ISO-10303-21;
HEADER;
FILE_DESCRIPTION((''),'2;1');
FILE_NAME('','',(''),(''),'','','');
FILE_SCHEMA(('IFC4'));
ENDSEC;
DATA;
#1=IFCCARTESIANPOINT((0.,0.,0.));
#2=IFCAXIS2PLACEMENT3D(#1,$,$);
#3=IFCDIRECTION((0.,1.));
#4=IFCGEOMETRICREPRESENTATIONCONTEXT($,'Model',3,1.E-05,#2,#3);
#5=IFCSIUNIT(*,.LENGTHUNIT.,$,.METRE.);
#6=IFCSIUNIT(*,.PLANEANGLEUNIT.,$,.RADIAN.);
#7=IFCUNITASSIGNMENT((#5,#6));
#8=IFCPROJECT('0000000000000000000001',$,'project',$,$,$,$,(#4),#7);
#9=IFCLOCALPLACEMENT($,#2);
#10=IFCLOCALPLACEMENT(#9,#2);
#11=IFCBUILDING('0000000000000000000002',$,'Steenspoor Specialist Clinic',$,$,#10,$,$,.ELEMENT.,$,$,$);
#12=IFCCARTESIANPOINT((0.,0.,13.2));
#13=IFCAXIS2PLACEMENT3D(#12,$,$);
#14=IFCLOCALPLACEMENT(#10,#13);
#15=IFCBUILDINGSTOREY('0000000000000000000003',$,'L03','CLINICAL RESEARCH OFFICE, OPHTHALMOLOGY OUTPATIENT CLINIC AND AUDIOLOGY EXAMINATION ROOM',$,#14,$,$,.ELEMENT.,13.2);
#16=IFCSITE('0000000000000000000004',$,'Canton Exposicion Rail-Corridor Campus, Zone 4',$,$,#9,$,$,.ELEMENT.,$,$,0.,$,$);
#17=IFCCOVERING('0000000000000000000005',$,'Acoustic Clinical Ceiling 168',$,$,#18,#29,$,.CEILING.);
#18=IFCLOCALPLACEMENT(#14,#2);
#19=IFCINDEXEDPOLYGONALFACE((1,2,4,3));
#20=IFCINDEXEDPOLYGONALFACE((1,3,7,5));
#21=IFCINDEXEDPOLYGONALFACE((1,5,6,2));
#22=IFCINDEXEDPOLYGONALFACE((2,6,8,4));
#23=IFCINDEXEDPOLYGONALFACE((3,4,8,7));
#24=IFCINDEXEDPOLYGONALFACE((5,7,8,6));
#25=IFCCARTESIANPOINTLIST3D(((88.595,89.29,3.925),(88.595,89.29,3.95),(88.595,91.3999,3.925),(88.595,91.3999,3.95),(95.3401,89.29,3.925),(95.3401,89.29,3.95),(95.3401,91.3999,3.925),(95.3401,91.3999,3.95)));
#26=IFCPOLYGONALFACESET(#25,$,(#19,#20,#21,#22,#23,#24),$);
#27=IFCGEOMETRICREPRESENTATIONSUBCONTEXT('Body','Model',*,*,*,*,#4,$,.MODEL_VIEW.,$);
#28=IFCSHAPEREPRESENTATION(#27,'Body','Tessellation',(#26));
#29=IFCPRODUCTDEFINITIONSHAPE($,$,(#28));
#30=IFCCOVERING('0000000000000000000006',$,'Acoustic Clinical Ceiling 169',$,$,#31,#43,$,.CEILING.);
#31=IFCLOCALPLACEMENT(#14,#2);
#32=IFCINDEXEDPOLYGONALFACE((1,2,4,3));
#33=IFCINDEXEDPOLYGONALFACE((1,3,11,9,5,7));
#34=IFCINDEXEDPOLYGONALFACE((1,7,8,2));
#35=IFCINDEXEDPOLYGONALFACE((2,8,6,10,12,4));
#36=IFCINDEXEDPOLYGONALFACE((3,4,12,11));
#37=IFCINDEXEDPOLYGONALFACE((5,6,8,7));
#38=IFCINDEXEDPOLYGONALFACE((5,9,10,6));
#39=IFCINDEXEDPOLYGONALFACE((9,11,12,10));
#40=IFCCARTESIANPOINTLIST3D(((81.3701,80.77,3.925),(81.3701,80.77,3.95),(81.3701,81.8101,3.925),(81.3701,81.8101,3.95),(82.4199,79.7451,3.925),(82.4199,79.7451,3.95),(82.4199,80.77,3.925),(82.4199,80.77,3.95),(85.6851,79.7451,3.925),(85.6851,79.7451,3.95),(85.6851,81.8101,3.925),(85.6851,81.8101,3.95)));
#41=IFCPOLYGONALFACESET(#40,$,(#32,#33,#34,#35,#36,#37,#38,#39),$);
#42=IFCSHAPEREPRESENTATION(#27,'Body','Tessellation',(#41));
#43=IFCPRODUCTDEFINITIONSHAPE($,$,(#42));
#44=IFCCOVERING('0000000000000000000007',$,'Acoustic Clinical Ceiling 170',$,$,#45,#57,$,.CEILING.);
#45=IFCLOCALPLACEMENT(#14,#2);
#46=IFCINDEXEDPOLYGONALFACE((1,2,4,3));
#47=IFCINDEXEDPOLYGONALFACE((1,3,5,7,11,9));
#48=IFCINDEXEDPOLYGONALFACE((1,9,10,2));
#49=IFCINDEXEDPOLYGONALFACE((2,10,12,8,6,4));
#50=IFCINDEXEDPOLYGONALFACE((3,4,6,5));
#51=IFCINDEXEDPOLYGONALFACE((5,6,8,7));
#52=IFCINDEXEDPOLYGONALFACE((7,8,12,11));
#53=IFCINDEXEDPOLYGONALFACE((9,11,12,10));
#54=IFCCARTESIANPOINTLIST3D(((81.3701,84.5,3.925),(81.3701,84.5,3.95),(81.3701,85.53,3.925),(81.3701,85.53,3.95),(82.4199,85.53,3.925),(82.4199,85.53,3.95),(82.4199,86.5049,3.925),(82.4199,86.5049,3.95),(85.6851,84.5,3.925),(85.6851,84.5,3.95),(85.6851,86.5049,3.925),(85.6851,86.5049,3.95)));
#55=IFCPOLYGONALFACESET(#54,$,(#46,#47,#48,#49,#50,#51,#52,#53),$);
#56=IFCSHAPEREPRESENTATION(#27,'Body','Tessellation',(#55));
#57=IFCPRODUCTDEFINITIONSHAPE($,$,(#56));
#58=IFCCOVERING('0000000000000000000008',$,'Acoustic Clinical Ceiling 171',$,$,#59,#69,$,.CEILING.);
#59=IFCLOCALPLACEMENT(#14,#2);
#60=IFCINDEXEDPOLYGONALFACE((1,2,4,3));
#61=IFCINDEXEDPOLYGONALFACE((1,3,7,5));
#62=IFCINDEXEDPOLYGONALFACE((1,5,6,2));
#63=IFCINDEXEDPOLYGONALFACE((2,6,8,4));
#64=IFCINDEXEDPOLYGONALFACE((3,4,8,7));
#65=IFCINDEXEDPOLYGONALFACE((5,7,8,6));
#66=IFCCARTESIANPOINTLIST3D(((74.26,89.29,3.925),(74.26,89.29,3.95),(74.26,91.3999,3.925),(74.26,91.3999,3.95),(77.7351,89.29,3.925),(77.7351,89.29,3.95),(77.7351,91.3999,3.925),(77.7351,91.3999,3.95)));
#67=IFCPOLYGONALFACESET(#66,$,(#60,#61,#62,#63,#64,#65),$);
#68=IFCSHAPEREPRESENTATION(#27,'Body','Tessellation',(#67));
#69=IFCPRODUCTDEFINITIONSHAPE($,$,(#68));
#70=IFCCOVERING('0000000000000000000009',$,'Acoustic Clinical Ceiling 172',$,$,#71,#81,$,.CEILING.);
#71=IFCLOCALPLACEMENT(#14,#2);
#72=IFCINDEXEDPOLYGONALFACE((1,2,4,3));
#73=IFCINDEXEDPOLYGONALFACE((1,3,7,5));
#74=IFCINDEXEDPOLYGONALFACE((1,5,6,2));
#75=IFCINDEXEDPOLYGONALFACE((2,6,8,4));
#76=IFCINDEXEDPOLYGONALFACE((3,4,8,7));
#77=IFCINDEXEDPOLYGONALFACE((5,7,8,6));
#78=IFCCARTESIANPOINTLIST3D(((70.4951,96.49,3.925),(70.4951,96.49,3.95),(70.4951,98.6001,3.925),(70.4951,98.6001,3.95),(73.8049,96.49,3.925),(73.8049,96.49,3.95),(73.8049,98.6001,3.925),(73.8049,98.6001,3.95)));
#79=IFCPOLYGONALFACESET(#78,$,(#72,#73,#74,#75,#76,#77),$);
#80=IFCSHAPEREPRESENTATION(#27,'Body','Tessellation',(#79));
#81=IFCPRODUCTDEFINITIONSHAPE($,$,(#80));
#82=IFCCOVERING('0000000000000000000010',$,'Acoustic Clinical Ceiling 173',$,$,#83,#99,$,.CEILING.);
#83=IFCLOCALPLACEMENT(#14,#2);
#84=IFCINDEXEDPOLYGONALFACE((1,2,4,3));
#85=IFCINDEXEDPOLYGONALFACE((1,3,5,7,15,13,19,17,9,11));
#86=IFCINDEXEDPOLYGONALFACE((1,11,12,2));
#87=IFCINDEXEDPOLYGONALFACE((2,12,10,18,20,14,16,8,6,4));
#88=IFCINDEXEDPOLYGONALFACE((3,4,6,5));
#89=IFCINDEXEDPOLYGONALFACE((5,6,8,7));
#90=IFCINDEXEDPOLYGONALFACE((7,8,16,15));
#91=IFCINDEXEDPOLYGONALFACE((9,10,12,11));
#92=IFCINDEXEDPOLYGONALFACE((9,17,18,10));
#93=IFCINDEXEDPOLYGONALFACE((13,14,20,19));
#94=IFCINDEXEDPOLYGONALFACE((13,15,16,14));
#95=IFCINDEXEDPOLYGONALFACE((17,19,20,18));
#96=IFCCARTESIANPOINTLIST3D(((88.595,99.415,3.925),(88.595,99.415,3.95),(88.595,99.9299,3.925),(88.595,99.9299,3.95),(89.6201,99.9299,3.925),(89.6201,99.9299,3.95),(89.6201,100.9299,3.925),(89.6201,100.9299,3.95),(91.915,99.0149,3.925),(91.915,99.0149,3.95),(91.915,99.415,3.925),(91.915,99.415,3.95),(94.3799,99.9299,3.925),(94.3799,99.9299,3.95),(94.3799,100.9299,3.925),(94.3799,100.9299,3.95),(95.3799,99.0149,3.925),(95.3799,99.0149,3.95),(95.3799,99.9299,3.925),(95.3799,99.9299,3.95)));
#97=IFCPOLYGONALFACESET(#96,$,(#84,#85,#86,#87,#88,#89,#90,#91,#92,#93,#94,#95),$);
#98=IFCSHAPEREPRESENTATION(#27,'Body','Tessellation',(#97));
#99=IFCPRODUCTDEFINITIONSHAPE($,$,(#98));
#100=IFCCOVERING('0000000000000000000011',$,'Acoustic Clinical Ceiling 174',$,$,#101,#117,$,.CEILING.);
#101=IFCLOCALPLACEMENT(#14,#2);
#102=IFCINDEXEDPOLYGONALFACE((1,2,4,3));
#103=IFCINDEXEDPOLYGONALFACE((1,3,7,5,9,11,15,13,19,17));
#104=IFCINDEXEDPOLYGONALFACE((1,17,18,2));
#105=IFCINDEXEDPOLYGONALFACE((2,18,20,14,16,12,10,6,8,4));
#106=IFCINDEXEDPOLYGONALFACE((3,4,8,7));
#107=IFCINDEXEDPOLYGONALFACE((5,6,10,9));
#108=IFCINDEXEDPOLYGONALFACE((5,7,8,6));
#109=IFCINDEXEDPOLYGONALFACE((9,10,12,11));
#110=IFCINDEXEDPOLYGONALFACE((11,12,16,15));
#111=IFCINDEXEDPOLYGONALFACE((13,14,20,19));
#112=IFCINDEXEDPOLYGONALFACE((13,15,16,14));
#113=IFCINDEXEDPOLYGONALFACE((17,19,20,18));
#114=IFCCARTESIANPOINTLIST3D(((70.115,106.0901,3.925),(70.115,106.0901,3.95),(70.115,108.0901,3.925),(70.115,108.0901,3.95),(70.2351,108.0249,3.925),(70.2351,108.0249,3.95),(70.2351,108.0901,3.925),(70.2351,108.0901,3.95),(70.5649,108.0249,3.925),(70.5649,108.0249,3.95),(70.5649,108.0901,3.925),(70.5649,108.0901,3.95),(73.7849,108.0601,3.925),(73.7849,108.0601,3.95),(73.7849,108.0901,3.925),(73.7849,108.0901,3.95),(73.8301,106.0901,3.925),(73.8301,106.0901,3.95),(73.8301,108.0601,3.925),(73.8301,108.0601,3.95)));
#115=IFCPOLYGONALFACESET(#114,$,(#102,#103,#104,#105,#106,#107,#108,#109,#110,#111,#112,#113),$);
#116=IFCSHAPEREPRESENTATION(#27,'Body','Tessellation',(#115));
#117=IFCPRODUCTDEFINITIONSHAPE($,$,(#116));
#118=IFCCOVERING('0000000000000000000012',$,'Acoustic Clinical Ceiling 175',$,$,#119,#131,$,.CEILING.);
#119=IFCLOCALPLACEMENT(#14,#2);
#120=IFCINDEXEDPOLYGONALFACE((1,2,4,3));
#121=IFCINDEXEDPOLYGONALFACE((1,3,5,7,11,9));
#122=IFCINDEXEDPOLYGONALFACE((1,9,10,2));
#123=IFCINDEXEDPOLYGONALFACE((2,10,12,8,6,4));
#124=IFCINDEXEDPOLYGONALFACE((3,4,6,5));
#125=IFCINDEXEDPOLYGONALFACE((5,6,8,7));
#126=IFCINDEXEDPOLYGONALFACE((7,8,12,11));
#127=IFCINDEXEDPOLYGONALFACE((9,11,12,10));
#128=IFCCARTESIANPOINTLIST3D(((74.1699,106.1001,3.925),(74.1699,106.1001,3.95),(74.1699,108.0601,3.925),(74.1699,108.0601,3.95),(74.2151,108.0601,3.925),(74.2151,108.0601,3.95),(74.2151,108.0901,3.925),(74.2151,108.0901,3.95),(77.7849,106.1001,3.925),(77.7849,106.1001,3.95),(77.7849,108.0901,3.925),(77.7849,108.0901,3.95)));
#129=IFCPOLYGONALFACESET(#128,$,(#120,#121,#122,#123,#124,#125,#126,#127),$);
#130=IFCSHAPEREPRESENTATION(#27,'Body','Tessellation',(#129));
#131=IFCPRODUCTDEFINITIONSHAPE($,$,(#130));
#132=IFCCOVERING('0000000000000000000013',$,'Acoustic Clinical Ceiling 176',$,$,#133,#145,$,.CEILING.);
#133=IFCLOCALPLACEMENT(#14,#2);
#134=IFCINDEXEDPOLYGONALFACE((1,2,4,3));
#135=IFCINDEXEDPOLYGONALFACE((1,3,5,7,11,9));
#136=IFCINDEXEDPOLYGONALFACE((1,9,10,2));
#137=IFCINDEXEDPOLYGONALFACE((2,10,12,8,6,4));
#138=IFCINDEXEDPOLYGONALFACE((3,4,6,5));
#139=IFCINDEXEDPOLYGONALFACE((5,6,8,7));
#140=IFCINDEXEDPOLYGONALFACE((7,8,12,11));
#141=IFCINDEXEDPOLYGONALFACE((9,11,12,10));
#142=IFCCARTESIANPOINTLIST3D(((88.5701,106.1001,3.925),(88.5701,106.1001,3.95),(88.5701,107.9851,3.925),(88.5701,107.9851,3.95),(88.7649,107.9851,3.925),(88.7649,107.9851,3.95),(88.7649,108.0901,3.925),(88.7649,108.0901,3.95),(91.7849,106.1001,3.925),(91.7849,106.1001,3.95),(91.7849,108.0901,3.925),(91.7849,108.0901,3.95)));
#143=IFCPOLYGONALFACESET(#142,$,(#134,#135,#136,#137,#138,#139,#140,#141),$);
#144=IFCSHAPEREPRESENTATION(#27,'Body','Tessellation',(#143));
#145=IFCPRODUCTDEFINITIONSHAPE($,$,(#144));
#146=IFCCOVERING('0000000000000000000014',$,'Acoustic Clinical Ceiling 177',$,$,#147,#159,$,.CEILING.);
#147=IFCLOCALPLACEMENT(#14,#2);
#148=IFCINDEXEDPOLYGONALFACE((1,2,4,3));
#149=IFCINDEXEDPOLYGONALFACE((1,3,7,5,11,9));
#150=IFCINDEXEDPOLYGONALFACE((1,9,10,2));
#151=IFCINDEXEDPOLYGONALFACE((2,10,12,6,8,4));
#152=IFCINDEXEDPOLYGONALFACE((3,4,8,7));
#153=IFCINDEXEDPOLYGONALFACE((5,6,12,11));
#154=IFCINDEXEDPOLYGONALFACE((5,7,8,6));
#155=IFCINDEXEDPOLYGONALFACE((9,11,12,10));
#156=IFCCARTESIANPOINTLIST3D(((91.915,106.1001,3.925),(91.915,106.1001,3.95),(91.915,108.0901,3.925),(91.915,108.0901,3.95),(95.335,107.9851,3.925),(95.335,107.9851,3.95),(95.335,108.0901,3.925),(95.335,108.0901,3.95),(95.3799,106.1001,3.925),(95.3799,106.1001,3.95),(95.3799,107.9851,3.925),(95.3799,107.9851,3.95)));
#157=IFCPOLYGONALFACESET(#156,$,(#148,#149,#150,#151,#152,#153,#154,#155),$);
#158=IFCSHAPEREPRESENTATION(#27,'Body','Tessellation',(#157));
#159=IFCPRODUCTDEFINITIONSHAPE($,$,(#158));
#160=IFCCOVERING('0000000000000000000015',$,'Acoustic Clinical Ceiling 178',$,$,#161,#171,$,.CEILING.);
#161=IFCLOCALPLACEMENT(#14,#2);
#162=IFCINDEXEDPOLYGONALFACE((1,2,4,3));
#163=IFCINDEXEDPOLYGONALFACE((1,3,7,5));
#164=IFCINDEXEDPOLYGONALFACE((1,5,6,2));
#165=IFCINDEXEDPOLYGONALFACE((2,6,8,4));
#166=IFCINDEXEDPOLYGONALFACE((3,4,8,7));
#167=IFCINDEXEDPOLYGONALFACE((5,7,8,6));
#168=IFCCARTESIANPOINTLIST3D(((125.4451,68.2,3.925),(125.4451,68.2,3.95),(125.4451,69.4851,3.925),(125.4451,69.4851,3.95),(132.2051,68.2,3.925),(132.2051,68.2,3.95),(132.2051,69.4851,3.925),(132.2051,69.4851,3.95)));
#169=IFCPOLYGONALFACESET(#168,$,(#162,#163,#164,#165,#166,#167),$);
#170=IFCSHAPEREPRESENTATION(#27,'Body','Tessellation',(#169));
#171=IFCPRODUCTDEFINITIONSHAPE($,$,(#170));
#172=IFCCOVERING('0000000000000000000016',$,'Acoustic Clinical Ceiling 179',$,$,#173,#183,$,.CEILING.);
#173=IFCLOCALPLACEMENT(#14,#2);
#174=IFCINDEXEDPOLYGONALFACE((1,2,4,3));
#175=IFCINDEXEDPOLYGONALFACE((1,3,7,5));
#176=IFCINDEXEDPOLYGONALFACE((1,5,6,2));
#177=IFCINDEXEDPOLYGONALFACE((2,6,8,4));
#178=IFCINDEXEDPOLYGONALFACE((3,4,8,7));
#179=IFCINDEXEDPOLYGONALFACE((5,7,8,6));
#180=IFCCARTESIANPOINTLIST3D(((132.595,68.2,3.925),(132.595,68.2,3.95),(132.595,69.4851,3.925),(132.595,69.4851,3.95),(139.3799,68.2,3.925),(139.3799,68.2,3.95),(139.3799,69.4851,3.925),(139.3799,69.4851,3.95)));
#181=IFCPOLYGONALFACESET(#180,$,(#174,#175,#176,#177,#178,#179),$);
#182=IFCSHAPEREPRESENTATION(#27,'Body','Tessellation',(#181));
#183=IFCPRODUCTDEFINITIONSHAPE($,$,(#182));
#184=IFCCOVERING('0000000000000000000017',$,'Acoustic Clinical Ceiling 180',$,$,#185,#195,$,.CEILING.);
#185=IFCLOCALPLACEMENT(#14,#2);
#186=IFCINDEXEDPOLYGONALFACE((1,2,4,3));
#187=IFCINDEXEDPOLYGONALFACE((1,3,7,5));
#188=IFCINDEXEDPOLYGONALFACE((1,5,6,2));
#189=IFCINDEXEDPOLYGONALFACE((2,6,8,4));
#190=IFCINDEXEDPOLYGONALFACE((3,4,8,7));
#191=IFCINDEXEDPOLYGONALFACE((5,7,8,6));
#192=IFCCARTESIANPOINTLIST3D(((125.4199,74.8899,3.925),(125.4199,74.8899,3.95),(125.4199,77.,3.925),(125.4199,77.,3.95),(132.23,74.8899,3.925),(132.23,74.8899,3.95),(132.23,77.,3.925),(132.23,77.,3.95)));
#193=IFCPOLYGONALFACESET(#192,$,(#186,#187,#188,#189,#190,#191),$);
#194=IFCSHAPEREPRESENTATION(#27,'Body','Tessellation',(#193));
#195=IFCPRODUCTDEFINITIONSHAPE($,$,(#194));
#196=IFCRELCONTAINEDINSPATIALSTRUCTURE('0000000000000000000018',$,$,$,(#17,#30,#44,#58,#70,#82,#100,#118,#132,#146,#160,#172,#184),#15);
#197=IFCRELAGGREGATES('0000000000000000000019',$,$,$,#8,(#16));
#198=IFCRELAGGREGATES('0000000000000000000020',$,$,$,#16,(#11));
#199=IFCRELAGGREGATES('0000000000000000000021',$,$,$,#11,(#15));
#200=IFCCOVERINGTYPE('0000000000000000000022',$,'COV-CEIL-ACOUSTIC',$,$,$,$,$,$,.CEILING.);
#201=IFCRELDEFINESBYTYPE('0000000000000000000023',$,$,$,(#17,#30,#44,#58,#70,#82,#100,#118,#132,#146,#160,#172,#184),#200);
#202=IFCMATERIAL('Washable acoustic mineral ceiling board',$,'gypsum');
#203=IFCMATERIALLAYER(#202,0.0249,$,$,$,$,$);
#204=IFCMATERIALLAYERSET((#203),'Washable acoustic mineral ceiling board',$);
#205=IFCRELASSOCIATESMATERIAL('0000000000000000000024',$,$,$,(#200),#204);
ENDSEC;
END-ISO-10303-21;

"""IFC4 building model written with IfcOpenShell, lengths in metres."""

from ifc_helpers import new_model, si_unit, direction, frame, origin, place, context, subcontext, project, spatial, polyline, outline, extrude, material, layer, layer_set, type_object, element, save


model = new_model("IFC4")

# Units and contexts
model_context = context("Model", 3, precision=1e-05, world=origin(), true_north=direction((0.0, 1.0)))
body_context = subcontext(model_context, "Body", "Model", "MODEL_VIEW")
ifc_project = project(units=[si_unit("LENGTHUNIT", "METRE"), si_unit("PLANEANGLEUNIT", "RADIAN")], contexts=[model_context])

# Site, building, storey
site_placement = place(None, origin())
site = spatial("IfcSite", under=ifc_project, at=site_placement, Name="Canton Exposicion Rail-Corridor Campus, Zone 4", CompositionType="ELEMENT", RefElevation=0.0)
building_placement = place(site_placement, origin())
building = spatial("IfcBuilding", under=site, at=building_placement, Name="Steenspoor Specialist Clinic", CompositionType="ELEMENT")
storey_placement = place(building_placement, frame((0.0, 0.0, 13.2)))
storey = spatial("IfcBuildingStorey", under=building, at=storey_placement, Name="L03", Description="CLINICAL RESEARCH OFFICE, OPHTHALMOLOGY OUTPATIENT CLINIC AND AUDIOLOGY EXAMINATION ROOM", CompositionType="ELEMENT", Elevation=13.2)

# Coverings
ifc_material = material(Name="Washable acoustic mineral ceiling board", Category="gypsum")
ifc_layer = layer(ifc_material, 0.0249)
ifc_layer_set = layer_set([ifc_layer], Name="Washable acoustic mineral ceiling board")
covering_type = type_object("IfcCoveringType", Name="COV-CEIL-ACOUSTIC", PredefinedType="CEILING", material=ifc_layer_set)
covering_1_placement = place(storey_placement, frame((0.0, 0.0, 3.925)))
element("IfcCovering", 1, at=covering_1_placement, inside=storey, type_object=covering_type, Name="Acoustic Clinical Ceiling 168", PredefinedType="CEILING", context=body_context, shape_type="SweptSolid", body=[
    extrude(outline(polyline([(95.3401, 89.29), (88.595, 89.29), (88.595, 91.3999), (95.3401, 91.3999), (95.3401, 89.29)])), origin(), (0.0, 0.0, 1.0), 0.0249),
])
covering_2_placement = place(storey_placement, frame((0.0, 0.0, 3.925)))
element("IfcCovering", 2, at=covering_2_placement, inside=storey, type_object=covering_type, Name="Acoustic Clinical Ceiling 169", PredefinedType="CEILING", context=body_context, shape_type="SweptSolid", body=[
    extrude(outline(polyline([(85.6851, 79.7451), (82.4199, 79.7451), (82.4199, 80.77), (81.3701, 80.77), (81.3701, 81.8101), (85.6851, 81.8101), (85.6851, 79.7451)])), origin(), (0.0, 0.0, 1.0), 0.0249),
])
covering_3_placement = place(storey_placement, frame((0.0, 0.0, 3.925)))
element("IfcCovering", 3, at=covering_3_placement, inside=storey, type_object=covering_type, Name="Acoustic Clinical Ceiling 170", PredefinedType="CEILING", context=body_context, shape_type="SweptSolid", body=[
    extrude(outline(polyline([(85.6851, 84.5), (81.3701, 84.5), (81.3701, 85.53), (82.4199, 85.53), (82.4199, 86.5049), (85.6851, 86.5049), (85.6851, 84.5)])), origin(), (0.0, 0.0, 1.0), 0.0249),
])
covering_4_placement = place(storey_placement, frame((0.0, 0.0, 3.925)))
element("IfcCovering", 4, at=covering_4_placement, inside=storey, type_object=covering_type, Name="Acoustic Clinical Ceiling 171", PredefinedType="CEILING", context=body_context, shape_type="SweptSolid", body=[
    extrude(outline(polyline([(74.26, 91.3999), (77.7351, 91.3999), (77.7351, 89.29), (74.26, 89.29), (74.26, 91.3999)])), origin(), (0.0, 0.0, 1.0), 0.0249),
])
covering_5_placement = place(storey_placement, frame((0.0, 0.0, 3.925)))
element("IfcCovering", 5, at=covering_5_placement, inside=storey, type_object=covering_type, Name="Acoustic Clinical Ceiling 172", PredefinedType="CEILING", context=body_context, shape_type="SweptSolid", body=[
    extrude(outline(polyline([(70.4951, 98.6001), (73.8049, 98.6001), (73.8049, 96.49), (70.4951, 96.49), (70.4951, 98.6001)])), origin(), (0.0, 0.0, 1.0), 0.0249),
])
covering_6_placement = place(storey_placement, frame((0.0, 0.0, 3.925)))
element("IfcCovering", 6, at=covering_6_placement, inside=storey, type_object=covering_type, Name="Acoustic Clinical Ceiling 173", PredefinedType="CEILING", context=body_context, shape_type="SweptSolid", body=[
    extrude(outline(polyline([(91.915, 99.0149), (91.915, 99.415), (88.595, 99.415), (88.595, 99.9299), (89.6201, 99.9299), (89.6201, 100.9299), (94.3799, 100.9299), (94.3799, 99.9299), (95.3799, 99.9299), (95.3799, 99.0149), (91.915, 99.0149)])), origin(), (0.0, 0.0, 1.0), 0.0249),
])
covering_7_placement = place(storey_placement, frame((0.0, 0.0, 3.925)))
element("IfcCovering", 7, at=covering_7_placement, inside=storey, type_object=covering_type, Name="Acoustic Clinical Ceiling 174", PredefinedType="CEILING", context=body_context, shape_type="SweptSolid", body=[
    extrude(outline(polyline([(70.2351, 108.0901), (70.2351, 108.0249), (70.5649, 108.0249), (70.5649, 108.0901), (73.7849, 108.0901), (73.7849, 108.0601), (73.8301, 108.0601), (73.8301, 106.0901), (70.115, 106.0901), (70.115, 108.0901), (70.2351, 108.0901)])), origin(), (0.0, 0.0, 1.0), 0.0249),
])
covering_8_placement = place(storey_placement, frame((0.0, 0.0, 3.925)))
element("IfcCovering", 8, at=covering_8_placement, inside=storey, type_object=covering_type, Name="Acoustic Clinical Ceiling 175", PredefinedType="CEILING", context=body_context, shape_type="SweptSolid", body=[
    extrude(outline(polyline([(77.7849, 108.0901), (77.7849, 106.1001), (74.1699, 106.1001), (74.1699, 108.0601), (74.2151, 108.0601), (74.2151, 108.0901), (77.7849, 108.0901)])), origin(), (0.0, 0.0, 1.0), 0.0249),
])
covering_9_placement = place(storey_placement, frame((0.0, 0.0, 3.925)))
element("IfcCovering", 9, at=covering_9_placement, inside=storey, type_object=covering_type, Name="Acoustic Clinical Ceiling 176", PredefinedType="CEILING", context=body_context, shape_type="SweptSolid", body=[
    extrude(outline(polyline([(91.7849, 106.1001), (88.5701, 106.1001), (88.5701, 107.9851), (88.7649, 107.9851), (88.7649, 108.0901), (91.7849, 108.0901), (91.7849, 106.1001)])), origin(), (0.0, 0.0, 1.0), 0.0249),
])
covering_10_placement = place(storey_placement, frame((0.0, 0.0, 3.925)))
element("IfcCovering", 10, at=covering_10_placement, inside=storey, type_object=covering_type, Name="Acoustic Clinical Ceiling 177", PredefinedType="CEILING", context=body_context, shape_type="SweptSolid", body=[
    extrude(outline(polyline([(95.335, 108.0901), (95.335, 107.9851), (95.3799, 107.9851), (95.3799, 106.1001), (91.915, 106.1001), (91.915, 108.0901), (95.335, 108.0901)])), origin(), (0.0, 0.0, 1.0), 0.0249),
])
covering_11_placement = place(storey_placement, frame((0.0, 0.0, 3.925)))
element("IfcCovering", 11, at=covering_11_placement, inside=storey, type_object=covering_type, Name="Acoustic Clinical Ceiling 178", PredefinedType="CEILING", context=body_context, shape_type="SweptSolid", body=[
    extrude(outline(polyline([(125.4451, 68.2), (125.4451, 69.4851), (132.2051, 69.4851), (132.2051, 68.2), (125.4451, 68.2)])), origin(), (0.0, 0.0, 1.0), 0.0249),
])
covering_12_placement = place(storey_placement, frame((0.0, 0.0, 3.925)))
element("IfcCovering", 12, at=covering_12_placement, inside=storey, type_object=covering_type, Name="Acoustic Clinical Ceiling 179", PredefinedType="CEILING", context=body_context, shape_type="SweptSolid", body=[
    extrude(outline(polyline([(132.595, 68.2), (132.595, 69.4851), (139.3799, 69.4851), (139.3799, 68.2), (132.595, 68.2)])), origin(), (0.0, 0.0, 1.0), 0.0249),
])
covering_13_placement = place(storey_placement, frame((0.0, 0.0, 3.925)))
element("IfcCovering", 13, at=covering_13_placement, inside=storey, type_object=covering_type, Name="Acoustic Clinical Ceiling 180", PredefinedType="CEILING", context=body_context, shape_type="SweptSolid", body=[
    extrude(outline(polyline([(132.23, 74.8899), (125.4199, 74.8899), (125.4199, 77.0), (132.23, 77.0), (132.23, 74.8899)])), origin(), (0.0, 0.0, 1.0), 0.0249),
])

save(model, "model.ifc")
